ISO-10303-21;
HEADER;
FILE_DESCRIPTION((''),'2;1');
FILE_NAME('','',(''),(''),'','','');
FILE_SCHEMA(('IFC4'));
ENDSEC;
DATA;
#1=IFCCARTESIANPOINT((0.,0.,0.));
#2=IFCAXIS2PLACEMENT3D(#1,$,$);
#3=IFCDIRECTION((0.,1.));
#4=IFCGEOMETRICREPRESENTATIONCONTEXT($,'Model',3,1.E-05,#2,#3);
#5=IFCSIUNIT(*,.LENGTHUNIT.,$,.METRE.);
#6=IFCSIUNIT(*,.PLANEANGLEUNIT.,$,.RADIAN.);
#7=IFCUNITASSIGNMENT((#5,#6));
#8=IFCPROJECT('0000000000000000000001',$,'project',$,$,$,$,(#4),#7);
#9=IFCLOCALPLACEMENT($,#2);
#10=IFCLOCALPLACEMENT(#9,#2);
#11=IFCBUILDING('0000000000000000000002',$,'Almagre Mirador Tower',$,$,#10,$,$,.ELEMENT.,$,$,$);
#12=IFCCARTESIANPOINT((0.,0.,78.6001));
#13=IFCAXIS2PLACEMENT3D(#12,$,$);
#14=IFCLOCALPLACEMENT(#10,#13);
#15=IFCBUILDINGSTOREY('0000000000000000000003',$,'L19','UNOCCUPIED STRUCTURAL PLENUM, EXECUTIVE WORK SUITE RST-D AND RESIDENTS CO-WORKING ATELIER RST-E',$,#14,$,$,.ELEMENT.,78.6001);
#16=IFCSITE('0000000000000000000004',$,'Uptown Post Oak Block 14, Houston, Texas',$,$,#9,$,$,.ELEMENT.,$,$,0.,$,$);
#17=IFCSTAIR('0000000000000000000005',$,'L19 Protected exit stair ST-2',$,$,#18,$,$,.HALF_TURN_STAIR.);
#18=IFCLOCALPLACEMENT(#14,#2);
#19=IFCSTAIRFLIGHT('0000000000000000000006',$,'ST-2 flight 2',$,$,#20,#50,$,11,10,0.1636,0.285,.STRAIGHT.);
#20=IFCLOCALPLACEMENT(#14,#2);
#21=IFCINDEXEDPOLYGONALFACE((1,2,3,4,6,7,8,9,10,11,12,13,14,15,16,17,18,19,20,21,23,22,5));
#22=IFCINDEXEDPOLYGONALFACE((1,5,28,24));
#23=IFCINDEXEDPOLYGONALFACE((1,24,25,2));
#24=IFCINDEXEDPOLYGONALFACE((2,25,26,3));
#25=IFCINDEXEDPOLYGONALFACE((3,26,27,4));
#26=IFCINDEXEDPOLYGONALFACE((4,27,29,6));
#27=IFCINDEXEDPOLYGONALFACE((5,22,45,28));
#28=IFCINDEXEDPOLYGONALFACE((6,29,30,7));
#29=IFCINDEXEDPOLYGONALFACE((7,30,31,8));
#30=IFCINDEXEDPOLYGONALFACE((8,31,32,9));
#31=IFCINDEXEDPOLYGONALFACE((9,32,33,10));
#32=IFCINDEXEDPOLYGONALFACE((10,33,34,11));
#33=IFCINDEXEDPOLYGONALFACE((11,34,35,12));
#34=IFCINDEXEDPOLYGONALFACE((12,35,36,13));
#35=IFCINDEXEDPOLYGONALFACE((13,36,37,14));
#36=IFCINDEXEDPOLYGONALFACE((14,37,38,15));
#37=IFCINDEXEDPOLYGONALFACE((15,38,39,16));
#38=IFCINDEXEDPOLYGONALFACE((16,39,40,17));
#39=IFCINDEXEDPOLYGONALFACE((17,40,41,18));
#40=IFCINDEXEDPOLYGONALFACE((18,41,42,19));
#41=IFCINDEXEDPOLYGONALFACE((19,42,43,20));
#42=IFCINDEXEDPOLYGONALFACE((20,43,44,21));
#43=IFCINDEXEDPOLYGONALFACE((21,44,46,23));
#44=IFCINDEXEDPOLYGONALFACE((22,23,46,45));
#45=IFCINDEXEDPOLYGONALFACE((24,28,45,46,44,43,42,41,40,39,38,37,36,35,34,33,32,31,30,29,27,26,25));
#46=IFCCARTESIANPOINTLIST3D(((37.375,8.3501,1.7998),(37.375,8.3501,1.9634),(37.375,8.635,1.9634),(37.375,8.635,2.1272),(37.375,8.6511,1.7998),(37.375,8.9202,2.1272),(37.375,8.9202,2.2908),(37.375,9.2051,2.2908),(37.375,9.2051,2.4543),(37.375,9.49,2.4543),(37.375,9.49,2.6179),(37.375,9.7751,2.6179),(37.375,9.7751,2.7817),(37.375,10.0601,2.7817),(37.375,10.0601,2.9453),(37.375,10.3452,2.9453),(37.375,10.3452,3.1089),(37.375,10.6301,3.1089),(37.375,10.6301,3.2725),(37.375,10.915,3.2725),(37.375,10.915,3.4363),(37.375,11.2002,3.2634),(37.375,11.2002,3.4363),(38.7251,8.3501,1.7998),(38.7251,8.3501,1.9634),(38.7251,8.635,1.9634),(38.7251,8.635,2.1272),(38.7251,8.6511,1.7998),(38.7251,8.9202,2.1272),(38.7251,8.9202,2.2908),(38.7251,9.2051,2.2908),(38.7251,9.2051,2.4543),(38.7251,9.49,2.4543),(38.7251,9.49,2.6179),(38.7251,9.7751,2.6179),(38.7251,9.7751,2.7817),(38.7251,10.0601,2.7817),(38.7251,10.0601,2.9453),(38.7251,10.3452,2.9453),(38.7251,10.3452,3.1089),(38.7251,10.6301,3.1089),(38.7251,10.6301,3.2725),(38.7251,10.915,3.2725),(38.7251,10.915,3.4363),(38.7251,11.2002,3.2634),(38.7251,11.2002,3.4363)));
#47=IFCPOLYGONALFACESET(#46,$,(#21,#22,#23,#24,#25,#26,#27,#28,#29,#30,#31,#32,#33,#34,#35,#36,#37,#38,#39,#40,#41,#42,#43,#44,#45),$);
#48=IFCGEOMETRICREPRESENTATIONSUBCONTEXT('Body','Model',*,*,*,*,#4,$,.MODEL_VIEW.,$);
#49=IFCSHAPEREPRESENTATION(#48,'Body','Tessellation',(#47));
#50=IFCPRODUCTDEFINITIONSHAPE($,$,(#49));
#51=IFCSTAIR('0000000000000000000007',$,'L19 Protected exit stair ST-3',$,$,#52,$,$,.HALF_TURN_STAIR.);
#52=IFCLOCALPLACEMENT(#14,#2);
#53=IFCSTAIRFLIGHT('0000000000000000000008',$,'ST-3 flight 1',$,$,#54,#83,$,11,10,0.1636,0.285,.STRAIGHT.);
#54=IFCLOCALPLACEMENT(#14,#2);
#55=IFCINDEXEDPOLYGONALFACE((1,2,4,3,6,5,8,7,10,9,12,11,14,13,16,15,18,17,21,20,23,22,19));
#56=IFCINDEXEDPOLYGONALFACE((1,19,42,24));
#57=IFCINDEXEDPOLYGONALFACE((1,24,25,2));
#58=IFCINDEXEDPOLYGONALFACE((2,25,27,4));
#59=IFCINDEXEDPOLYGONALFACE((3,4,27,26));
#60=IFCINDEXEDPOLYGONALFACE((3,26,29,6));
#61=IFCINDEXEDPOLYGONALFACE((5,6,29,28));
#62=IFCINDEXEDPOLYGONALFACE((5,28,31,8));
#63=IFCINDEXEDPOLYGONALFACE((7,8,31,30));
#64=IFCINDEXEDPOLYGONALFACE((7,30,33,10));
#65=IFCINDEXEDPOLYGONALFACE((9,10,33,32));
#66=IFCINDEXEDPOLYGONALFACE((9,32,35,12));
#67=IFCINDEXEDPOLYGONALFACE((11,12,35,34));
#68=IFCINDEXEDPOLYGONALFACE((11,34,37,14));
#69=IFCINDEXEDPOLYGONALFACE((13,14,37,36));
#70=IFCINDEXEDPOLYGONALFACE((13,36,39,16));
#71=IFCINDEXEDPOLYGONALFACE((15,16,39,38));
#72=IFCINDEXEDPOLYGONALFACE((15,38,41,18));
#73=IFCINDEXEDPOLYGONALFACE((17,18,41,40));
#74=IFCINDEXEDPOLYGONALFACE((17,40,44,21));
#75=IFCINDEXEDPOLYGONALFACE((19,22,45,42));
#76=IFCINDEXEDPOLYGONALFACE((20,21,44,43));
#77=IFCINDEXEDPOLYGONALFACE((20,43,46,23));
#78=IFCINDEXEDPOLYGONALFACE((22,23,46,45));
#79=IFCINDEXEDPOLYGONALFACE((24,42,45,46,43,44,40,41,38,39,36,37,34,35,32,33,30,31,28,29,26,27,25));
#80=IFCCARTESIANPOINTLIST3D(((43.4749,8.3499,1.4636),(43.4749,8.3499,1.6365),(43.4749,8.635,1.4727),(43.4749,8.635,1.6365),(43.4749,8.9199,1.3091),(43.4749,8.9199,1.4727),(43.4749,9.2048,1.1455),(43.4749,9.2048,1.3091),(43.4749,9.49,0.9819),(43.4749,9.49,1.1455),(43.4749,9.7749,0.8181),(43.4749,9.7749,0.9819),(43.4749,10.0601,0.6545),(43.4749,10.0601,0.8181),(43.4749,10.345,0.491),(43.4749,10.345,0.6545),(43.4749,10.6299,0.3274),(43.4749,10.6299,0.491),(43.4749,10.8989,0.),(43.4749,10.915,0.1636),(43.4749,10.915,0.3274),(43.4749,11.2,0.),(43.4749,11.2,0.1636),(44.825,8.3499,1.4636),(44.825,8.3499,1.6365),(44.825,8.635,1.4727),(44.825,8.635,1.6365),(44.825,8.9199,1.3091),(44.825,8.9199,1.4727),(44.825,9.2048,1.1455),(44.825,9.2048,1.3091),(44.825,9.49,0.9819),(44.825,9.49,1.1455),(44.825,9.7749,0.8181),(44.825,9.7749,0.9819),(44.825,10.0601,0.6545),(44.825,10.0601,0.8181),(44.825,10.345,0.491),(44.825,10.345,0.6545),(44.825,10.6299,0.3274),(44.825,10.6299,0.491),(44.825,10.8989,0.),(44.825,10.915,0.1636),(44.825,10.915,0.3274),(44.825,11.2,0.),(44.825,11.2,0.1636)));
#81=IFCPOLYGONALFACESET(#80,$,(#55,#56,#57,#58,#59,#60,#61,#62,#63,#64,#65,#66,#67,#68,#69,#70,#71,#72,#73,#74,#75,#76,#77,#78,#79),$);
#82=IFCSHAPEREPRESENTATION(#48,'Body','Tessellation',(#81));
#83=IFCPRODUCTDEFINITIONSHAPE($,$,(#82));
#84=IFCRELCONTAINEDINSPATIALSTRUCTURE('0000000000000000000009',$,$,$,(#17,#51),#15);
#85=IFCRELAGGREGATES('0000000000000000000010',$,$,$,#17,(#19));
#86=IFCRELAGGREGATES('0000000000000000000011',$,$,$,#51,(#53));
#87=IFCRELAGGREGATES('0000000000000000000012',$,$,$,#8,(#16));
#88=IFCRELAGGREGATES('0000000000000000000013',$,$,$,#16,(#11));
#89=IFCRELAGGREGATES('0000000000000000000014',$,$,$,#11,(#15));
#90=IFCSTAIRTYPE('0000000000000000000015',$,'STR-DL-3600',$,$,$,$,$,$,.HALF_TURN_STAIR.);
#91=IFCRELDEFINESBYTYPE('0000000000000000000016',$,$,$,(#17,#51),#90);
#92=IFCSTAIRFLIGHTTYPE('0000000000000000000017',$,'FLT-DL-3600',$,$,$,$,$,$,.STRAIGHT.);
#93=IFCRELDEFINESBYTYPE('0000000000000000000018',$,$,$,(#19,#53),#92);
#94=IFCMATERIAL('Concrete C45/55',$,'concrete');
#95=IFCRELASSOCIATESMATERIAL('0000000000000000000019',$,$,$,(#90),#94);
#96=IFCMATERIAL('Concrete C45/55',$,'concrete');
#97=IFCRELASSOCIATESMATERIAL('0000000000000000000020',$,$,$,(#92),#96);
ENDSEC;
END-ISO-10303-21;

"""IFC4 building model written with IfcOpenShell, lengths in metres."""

from ifc_helpers import new_model, si_unit, direction, frame, origin, place, context, subcontext, project, spatial, polyline, outline, extrude, material, type_object, element, aggregate, save


model = new_model("IFC4")

# Units and contexts
model_context = context("Model", 3, precision=1e-05, world=origin(), true_north=direction((0.0, 1.0)))
body_context = subcontext(model_context, "Body", "Model", "MODEL_VIEW")
ifc_project = project(units=[si_unit("LENGTHUNIT", "METRE"), si_unit("PLANEANGLEUNIT", "RADIAN")], contexts=[model_context])

# Site, building, storey
site_placement = place(None, origin())
site = spatial("IfcSite", under=ifc_project, at=site_placement, Name="Uptown Post Oak Block 14, Houston, Texas", CompositionType="ELEMENT", RefElevation=0.0)
building_placement = place(site_placement, origin())
building = spatial("IfcBuilding", under=site, at=building_placement, Name="Almagre Mirador Tower", CompositionType="ELEMENT")
storey_placement = place(building_placement, frame((0.0, 0.0, 78.6001)))
storey = spatial("IfcBuildingStorey", under=building, at=storey_placement, Name="L19", Description="UNOCCUPIED STRUCTURAL PLENUM, EXECUTIVE WORK SUITE RST-D AND RESIDENTS CO-WORKING ATELIER RST-E", CompositionType="ELEMENT", Elevation=78.6001)

# Stair, stair flight
ifc_material_1 = material(Name="Concrete C45/55", Category="concrete")
stair_type = type_object("IfcStairType", Name="STR-DL-3600", PredefinedType="HALF_TURN_STAIR", material=ifc_material_1)
stair_1_placement = place(storey_placement, origin())
stair_1 = element("IfcStair", 1, at=stair_1_placement, inside=storey, type_object=stair_type, Name="L19 Protected exit stair ST-2", PredefinedType="HALF_TURN_STAIR")
ifc_material_2 = material(Name="Concrete C45/55", Category="concrete")
stair_flight_type = type_object("IfcStairFlightType", Name="FLT-DL-3600", PredefinedType="STRAIGHT", material=ifc_material_2)
stair_flight_1_placement = place(storey_placement, frame((38.05, 8.3501, 1.7998), z_axis=(0.0, 0.0, 1.0), x_axis=(0.0, 1.0, 0.0)))
stair_flight_1 = element("IfcStairFlight", 2, at=stair_flight_1_placement, type_object=stair_flight_type, Name="ST-2 flight 2", NumberOfRisers=11, NumberOfTreads=10, PredefinedType="STRAIGHT", RiserHeight=0.1636, TreadLength=0.285, context=body_context, shape_type="SweptSolid", body=[
    extrude(outline(polyline([(0.0, 0.0), (0.0, 0.1636), (0.2849, 0.1636), (0.2849, 0.3274), (0.5701, 0.3274), (0.5701, 0.491), (0.855, 0.491), (0.855, 0.6545), (1.1399, 0.6545), (1.1399, 0.8181), (1.425, 0.8181), (1.425, 0.9819), (1.71, 0.9819), (1.71, 1.1455), (1.9951, 1.1455), (1.9951, 1.3091), (2.28, 1.3091), (2.28, 1.4727), (2.5649, 1.4727), (2.5649, 1.6365), (2.8501, 1.6365), (2.8501, 1.8), (2.8501, 1.4636), (0.301, 0.0), (0.0, 0.0)])), frame((0.0, 0.675, 0.0), z_axis=(0.0, -1.0, 0.0), x_axis=(1.0, 0.0, 0.0)), (0.0, 0.0, 1.0), 1.3501),
])
aggregate(stair_1, [stair_flight_1])

# Stair, stair flight
stair_2_placement = place(storey_placement, origin())
stair_2 = element("IfcStair", 3, at=stair_2_placement, inside=storey, type_object=stair_type, Name="L19 Protected exit stair ST-3", PredefinedType="HALF_TURN_STAIR")
stair_flight_2_placement = place(storey_placement, frame((44.1499, 11.2, 0.0), z_axis=(0.0, 0.0, 1.0), x_axis=(0.0, -1.0, 0.0)))
stair_flight_2 = element("IfcStairFlight", 4, at=stair_flight_2_placement, type_object=stair_flight_type, Name="ST-3 flight 1", NumberOfRisers=11, NumberOfTreads=10, PredefinedType="STRAIGHT", RiserHeight=0.1636, TreadLength=0.285, context=body_context, shape_type="SweptSolid", body=[
    extrude(outline(polyline([(0.0, 0.0), (0.0, 0.1636), (0.2849, 0.1636), (0.2849, 0.3274), (0.5701, 0.3274), (0.5701, 0.491), (0.855, 0.491), (0.855, 0.6545), (1.1399, 0.6545), (1.1399, 0.8181), (1.425, 0.8181), (1.425, 0.9819), (1.71, 0.9819), (1.71, 1.1455), (1.9951, 1.1455), (1.9951, 1.3091), (2.28, 1.3091), (2.28, 1.4727), (2.5649, 1.4727), (2.5649, 1.6365), (2.8501, 1.6365), (2.8501, 1.8), (2.8501, 1.4636), (0.301, 0.0), (0.0, 0.0)])), frame((0.0, 0.675, 0.0), z_axis=(0.0, -1.0, 0.0), x_axis=(1.0, 0.0, 0.0)), (0.0, 0.0, 1.0), 1.3501),
])
aggregate(stair_2, [stair_flight_2])

save(model, "model.ifc")
